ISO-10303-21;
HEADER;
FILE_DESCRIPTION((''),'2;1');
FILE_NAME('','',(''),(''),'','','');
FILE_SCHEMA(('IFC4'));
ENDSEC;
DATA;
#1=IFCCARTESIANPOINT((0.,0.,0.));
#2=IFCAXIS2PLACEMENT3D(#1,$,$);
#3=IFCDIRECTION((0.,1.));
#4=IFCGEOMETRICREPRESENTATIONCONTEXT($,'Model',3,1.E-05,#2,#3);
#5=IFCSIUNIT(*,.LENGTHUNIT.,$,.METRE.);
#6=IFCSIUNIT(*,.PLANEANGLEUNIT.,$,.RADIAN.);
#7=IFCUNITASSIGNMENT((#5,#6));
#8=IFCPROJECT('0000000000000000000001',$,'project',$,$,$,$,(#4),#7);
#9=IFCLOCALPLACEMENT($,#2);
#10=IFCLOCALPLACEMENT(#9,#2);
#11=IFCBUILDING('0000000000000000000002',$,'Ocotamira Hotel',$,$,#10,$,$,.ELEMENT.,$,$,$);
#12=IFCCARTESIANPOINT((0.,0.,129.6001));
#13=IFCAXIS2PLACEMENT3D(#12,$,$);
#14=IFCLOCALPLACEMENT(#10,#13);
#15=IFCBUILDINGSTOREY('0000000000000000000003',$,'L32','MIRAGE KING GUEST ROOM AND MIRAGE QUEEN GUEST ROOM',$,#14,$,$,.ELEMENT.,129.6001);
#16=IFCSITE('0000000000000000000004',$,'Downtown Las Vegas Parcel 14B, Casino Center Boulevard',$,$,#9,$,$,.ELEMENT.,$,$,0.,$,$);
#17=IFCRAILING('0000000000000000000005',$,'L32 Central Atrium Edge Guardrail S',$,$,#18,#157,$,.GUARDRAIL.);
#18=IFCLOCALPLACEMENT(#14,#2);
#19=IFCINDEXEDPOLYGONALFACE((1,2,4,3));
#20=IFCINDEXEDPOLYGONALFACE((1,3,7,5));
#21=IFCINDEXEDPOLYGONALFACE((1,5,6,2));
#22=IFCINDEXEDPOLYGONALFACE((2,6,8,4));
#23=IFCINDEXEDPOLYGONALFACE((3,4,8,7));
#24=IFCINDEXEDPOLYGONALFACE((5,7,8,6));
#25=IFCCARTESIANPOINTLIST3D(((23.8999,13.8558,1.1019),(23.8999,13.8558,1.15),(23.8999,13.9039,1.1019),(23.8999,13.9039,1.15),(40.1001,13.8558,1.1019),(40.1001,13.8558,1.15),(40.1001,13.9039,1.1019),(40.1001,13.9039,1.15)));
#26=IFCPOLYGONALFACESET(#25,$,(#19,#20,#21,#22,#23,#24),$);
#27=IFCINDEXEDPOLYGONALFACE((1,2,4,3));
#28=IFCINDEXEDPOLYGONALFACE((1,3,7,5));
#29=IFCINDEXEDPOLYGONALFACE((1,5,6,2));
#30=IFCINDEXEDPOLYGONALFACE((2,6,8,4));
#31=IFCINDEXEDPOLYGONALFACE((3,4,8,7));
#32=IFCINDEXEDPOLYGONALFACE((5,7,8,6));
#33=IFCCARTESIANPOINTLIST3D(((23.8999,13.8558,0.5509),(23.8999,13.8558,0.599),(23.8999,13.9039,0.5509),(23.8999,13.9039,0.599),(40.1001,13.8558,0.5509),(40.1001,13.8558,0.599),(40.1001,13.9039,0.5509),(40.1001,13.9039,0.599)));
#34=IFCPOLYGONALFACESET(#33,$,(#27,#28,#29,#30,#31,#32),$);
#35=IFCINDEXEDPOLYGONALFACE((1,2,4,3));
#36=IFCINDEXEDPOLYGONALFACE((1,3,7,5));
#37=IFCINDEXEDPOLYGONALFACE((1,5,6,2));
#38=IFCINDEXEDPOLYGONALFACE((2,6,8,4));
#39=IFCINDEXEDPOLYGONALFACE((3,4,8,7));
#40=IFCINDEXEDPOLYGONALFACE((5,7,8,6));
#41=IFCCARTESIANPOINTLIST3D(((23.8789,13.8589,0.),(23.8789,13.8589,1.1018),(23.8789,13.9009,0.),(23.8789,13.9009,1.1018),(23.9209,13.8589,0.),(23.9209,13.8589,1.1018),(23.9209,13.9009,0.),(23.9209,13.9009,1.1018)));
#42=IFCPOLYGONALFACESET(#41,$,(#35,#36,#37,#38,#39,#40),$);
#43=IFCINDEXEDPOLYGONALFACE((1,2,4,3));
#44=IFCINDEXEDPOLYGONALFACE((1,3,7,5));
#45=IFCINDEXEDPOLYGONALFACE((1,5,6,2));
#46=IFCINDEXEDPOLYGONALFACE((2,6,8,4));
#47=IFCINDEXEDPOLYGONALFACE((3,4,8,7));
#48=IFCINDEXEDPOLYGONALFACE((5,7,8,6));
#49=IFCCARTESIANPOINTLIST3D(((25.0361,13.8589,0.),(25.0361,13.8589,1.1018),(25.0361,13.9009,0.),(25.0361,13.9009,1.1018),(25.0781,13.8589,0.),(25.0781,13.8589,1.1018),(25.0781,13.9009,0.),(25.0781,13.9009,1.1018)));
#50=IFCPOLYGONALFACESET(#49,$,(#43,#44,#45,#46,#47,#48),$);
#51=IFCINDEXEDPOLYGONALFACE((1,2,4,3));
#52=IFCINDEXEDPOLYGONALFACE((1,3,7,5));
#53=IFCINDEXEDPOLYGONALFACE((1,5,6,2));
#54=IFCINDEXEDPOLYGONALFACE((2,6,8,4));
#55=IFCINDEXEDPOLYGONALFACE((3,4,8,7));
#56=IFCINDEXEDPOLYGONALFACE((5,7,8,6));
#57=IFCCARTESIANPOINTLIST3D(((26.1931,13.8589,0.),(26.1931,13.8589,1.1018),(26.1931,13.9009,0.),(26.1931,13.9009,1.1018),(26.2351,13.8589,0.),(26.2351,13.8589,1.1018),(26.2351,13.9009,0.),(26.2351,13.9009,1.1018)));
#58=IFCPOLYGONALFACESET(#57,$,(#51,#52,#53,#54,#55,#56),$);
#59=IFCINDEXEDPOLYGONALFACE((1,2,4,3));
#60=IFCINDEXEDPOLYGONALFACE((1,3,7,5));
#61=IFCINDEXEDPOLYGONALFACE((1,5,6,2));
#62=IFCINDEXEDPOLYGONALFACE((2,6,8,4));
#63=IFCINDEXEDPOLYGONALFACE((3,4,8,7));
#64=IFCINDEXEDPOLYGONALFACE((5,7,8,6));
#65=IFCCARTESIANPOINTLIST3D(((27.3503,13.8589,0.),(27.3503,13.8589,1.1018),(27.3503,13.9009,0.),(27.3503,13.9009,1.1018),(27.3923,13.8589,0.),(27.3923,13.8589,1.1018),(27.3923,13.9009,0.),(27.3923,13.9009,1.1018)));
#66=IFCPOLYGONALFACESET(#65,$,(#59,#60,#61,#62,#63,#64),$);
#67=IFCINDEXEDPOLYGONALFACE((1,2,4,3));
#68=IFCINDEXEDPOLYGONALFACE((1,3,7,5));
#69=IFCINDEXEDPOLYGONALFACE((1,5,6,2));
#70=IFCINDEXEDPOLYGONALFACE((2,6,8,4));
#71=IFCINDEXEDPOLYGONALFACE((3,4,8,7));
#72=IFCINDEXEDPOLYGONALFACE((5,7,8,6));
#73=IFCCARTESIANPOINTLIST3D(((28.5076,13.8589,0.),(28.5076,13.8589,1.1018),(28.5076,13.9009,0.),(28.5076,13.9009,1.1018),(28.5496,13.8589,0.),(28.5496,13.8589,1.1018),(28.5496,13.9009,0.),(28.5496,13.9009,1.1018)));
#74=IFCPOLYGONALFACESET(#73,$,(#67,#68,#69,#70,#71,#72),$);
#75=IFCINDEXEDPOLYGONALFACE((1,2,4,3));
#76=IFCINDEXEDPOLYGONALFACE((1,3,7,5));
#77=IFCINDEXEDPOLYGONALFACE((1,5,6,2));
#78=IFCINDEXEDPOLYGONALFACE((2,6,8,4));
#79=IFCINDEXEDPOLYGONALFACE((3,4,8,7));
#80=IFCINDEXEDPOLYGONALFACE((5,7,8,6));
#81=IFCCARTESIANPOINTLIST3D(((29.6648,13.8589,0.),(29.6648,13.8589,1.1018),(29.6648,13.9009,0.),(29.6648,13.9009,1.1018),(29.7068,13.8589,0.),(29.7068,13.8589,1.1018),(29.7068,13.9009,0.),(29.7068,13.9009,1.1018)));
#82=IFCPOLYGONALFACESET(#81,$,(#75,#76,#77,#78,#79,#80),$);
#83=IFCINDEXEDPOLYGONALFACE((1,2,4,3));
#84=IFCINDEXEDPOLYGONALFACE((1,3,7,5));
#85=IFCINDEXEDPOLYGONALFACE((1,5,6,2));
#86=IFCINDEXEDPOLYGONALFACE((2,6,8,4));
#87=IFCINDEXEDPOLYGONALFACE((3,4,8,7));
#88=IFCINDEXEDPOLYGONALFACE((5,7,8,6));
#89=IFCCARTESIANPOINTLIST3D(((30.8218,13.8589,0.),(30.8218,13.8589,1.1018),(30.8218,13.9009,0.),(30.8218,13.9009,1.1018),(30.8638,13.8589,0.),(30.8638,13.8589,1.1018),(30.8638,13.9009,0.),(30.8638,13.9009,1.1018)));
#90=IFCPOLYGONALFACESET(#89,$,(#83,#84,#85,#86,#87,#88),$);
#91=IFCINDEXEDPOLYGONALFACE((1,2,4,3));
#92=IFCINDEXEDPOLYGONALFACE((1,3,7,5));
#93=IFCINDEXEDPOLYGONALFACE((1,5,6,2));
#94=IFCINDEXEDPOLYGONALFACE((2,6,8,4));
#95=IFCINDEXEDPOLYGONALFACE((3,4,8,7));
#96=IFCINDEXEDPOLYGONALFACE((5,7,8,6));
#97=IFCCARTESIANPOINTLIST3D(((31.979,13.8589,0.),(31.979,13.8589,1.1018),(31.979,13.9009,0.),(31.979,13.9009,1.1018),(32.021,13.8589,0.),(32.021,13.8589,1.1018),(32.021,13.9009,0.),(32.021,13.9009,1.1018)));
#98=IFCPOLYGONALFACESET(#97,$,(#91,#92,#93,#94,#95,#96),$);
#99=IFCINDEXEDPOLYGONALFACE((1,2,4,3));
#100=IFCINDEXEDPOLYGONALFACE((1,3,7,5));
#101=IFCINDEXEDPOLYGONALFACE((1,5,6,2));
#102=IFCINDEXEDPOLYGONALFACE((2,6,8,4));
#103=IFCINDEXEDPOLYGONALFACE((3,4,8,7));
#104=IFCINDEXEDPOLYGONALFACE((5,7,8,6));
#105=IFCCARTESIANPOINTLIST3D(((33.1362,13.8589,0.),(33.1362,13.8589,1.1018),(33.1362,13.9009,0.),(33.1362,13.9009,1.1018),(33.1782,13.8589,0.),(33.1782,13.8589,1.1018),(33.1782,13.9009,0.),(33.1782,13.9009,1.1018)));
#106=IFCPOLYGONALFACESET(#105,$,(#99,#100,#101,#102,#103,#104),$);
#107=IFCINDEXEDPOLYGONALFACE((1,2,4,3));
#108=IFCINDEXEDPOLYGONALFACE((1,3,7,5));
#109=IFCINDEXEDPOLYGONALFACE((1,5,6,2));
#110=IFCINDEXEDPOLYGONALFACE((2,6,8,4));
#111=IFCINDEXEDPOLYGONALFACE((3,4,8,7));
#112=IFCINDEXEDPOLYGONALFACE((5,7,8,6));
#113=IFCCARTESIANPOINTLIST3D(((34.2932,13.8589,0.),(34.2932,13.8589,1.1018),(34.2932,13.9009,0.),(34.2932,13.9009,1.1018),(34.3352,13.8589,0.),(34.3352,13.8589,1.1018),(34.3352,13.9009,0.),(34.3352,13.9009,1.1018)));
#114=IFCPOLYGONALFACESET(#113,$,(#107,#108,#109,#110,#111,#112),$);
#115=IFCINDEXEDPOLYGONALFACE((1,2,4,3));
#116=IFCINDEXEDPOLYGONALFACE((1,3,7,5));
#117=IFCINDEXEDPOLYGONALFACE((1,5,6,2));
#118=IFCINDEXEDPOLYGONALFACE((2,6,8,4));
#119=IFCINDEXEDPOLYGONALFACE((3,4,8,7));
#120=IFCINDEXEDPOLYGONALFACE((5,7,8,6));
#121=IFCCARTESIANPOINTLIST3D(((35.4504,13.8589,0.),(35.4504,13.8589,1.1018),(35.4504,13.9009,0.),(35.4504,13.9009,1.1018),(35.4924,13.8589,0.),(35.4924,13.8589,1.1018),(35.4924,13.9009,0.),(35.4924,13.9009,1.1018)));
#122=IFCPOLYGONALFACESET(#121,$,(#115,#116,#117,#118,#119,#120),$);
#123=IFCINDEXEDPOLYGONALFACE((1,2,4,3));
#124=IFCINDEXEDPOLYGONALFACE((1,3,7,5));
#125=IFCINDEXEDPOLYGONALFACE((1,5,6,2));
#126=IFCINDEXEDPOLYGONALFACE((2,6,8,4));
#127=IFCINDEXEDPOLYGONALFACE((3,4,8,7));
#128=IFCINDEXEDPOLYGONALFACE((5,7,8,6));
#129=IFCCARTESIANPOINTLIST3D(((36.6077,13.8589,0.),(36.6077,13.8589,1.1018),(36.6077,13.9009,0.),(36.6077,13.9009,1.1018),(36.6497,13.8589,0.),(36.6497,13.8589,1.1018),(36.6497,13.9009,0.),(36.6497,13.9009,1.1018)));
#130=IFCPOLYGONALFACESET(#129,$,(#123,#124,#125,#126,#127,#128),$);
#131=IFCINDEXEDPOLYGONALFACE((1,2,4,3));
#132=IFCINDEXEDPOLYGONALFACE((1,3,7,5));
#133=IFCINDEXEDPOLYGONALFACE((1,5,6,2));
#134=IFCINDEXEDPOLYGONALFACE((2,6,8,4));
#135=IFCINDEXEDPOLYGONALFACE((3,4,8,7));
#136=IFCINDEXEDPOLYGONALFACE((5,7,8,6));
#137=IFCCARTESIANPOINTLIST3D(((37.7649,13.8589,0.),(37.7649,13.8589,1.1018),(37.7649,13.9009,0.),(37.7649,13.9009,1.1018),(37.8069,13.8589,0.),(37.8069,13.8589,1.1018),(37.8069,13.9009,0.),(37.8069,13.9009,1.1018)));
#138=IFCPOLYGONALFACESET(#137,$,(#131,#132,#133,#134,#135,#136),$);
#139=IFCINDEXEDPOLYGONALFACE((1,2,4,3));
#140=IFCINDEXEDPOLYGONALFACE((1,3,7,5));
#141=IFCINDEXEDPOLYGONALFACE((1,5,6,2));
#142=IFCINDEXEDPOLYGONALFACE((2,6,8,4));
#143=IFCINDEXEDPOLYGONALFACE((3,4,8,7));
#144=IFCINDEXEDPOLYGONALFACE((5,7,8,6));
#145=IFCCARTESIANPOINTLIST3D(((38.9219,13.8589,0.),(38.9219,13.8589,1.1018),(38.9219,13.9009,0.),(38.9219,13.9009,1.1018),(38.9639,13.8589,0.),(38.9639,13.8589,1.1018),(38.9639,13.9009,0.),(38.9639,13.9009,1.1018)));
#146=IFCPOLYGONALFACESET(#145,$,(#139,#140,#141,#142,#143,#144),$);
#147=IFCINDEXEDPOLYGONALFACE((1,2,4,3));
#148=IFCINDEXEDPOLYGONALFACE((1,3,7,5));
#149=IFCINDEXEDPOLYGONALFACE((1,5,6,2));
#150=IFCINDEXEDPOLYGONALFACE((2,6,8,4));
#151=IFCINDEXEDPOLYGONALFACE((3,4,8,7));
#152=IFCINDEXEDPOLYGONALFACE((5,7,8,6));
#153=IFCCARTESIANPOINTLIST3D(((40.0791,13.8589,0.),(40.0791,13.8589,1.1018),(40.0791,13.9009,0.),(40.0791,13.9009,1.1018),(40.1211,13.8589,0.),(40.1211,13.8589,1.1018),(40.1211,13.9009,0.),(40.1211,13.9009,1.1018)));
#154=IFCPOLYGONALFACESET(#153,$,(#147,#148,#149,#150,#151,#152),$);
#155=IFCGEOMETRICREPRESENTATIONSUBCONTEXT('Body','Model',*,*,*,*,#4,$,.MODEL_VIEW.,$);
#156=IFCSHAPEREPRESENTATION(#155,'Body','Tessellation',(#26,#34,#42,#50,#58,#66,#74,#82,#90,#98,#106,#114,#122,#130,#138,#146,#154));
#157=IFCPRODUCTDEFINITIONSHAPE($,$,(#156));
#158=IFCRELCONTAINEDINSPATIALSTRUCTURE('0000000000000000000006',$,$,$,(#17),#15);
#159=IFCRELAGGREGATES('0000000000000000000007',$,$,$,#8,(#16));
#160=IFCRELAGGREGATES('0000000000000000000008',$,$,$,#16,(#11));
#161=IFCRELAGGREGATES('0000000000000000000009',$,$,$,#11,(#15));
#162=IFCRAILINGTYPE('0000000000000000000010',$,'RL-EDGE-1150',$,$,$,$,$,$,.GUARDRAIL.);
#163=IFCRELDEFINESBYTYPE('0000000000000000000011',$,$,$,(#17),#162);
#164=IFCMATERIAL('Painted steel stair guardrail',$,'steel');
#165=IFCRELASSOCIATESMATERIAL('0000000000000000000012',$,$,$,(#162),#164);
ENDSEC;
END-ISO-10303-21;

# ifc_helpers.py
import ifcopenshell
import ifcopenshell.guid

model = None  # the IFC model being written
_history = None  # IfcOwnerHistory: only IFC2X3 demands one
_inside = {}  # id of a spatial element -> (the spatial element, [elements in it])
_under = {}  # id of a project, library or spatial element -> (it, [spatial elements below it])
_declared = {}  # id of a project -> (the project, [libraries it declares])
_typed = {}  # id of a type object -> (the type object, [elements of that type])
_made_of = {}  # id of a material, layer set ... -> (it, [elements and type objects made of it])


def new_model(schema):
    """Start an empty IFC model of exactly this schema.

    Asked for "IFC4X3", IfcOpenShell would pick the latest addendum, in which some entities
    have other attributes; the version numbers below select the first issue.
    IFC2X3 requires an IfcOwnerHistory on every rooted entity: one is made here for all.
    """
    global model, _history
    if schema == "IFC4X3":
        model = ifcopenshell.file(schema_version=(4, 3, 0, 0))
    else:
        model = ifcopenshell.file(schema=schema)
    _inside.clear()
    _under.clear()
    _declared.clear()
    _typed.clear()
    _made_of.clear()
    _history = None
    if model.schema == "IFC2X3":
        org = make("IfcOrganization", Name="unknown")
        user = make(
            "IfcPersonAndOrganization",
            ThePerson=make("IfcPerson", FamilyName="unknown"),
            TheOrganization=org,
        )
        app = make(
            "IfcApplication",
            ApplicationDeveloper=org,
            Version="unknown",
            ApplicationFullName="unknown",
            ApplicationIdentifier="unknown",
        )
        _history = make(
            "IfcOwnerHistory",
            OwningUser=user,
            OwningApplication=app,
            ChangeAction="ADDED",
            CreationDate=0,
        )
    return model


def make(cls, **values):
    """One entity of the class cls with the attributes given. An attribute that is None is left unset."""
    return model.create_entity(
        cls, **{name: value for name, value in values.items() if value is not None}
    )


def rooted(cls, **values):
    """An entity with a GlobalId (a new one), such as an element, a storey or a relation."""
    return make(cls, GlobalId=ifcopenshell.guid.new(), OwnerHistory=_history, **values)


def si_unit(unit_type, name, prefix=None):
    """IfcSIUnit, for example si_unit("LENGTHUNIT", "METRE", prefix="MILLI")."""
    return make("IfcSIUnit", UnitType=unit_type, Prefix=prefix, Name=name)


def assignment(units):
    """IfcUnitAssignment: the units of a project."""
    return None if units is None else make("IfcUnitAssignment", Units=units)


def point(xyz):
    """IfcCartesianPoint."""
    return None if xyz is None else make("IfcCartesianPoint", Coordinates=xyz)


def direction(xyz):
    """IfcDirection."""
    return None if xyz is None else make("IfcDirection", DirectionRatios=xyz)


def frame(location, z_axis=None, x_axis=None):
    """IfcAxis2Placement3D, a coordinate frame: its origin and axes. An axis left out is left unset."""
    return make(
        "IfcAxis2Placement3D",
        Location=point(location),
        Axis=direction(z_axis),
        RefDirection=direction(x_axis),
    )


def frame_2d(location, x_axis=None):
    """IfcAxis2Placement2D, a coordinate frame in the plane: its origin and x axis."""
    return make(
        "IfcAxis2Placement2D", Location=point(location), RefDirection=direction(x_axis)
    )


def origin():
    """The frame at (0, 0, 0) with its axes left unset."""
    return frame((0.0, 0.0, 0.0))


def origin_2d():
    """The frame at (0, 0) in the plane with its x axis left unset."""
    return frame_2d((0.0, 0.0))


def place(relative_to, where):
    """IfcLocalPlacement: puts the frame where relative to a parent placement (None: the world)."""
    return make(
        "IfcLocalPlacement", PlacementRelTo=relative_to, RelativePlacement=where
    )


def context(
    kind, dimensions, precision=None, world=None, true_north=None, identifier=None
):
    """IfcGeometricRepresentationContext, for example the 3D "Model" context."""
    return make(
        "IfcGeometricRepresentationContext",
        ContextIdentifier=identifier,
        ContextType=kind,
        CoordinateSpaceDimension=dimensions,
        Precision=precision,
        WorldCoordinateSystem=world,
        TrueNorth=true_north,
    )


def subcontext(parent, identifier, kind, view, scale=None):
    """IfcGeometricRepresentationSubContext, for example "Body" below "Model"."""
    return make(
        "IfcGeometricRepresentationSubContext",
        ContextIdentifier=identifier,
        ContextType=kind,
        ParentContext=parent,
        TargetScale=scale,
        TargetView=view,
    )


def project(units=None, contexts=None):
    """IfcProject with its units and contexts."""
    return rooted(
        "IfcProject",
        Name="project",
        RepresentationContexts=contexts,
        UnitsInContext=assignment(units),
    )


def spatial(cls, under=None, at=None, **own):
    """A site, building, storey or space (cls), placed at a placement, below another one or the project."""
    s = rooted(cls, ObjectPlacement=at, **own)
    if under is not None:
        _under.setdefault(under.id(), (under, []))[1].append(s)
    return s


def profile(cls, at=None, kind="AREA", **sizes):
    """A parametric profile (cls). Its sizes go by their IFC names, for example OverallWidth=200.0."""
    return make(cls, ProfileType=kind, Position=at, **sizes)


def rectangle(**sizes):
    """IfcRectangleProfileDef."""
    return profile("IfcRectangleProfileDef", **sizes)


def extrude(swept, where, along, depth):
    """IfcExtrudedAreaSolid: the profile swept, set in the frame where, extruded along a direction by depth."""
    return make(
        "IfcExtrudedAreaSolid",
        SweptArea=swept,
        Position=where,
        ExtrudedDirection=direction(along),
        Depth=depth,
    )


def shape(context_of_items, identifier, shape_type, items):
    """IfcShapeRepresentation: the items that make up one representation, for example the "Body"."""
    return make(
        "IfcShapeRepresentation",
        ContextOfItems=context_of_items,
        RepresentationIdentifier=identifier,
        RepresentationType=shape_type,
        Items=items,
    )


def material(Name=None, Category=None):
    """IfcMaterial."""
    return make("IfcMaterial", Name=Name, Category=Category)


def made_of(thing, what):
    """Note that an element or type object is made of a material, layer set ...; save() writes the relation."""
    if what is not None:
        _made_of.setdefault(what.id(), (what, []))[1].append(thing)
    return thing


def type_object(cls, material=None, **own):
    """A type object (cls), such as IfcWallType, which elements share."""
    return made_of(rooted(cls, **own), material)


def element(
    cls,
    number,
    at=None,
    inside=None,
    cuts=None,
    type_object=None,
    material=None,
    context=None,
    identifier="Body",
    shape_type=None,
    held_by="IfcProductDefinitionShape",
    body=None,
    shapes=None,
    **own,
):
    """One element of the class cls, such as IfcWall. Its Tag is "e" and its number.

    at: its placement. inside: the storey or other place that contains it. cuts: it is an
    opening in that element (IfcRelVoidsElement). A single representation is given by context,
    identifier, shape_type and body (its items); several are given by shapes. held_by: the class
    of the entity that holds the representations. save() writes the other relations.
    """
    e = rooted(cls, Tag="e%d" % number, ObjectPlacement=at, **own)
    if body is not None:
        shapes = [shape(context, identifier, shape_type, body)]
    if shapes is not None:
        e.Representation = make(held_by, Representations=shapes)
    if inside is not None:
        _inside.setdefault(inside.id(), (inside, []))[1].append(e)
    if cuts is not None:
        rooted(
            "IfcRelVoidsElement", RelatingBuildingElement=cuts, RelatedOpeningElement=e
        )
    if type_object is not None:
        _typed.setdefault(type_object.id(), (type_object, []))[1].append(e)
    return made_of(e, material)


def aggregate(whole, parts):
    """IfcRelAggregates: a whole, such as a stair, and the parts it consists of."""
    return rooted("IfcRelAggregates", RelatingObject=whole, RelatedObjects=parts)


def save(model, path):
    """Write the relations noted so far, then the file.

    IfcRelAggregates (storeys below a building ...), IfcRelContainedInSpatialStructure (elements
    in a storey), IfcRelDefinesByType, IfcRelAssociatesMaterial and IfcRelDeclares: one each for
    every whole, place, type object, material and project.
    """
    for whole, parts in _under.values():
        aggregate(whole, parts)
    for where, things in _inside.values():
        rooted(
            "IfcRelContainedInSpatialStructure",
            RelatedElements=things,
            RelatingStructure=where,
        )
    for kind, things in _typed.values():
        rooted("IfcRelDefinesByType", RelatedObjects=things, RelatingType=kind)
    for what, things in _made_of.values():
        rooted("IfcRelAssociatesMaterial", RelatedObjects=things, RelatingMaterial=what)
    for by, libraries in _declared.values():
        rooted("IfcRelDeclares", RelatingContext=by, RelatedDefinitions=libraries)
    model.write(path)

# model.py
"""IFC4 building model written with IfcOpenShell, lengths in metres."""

from ifc_helpers import new_model, si_unit, direction, frame, origin, origin_2d, place, context, subcontext, project, spatial, rectangle, extrude, material, type_object, element, save


model = new_model("IFC4")

# Units and contexts
model_context = context("Model", 3, precision=1e-05, world=origin(), true_north=direction((0.0, 1.0)))
body_context = subcontext(model_context, "Body", "Model", "MODEL_VIEW")
ifc_project = project(units=[si_unit("LENGTHUNIT", "METRE"), si_unit("PLANEANGLEUNIT", "RADIAN")], contexts=[model_context])

# Site, building, storey
site_placement = place(None, origin())
site = spatial("IfcSite", under=ifc_project, at=site_placement, Name="Downtown Las Vegas Parcel 14B, Casino Center Boulevard", CompositionType="ELEMENT", RefElevation=0.0)
building_placement = place(site_placement, origin())
building = spatial("IfcBuilding", under=site, at=building_placement, Name="Ocotamira Hotel", CompositionType="ELEMENT")
storey_placement = place(building_placement, frame((0.0, 0.0, 129.6001)))
storey = spatial("IfcBuildingStorey", under=building, at=storey_placement, Name="L32", Description="MIRAGE KING GUEST ROOM AND MIRAGE QUEEN GUEST ROOM", CompositionType="ELEMENT", Elevation=129.6001)

# Railing
ifc_material_1 = material(Name="Painted steel stair guardrail", Category="steel")
railing_type = type_object("IfcRailingType", Name="RL-EDGE-1150", PredefinedType="GUARDRAIL", material=ifc_material_1)
railing_placement = place(storey_placement, frame((23.8999, 13.8799, 0.0)))
element("IfcRailing", 1, at=railing_placement, inside=storey, type_object=railing_type, Name="L32 Central Atrium Edge Guardrail S", PredefinedType="GUARDRAIL", context=body_context, shape_type="SweptSolid", body=[
    extrude(rectangle(XDim=0.0481, YDim=0.0481, at=origin_2d()), frame((0.0, 0.0, 1.126), z_axis=(1.0, 0.0, 0.0), x_axis=(0.0, 1.0, 0.0)), (0.0, 0.0, 1.0), 16.2002),
    extrude(rectangle(XDim=0.0481, YDim=0.0481, at=origin_2d()), frame((0.0, 0.0, 0.575), z_axis=(1.0, 0.0, 0.0), x_axis=(0.0, 1.0, 0.0)), (0.0, 0.0, 1.0), 16.2002),
    extrude(rectangle(XDim=0.042, YDim=0.042, at=origin_2d()), origin(), (0.0, 0.0, 1.0), 1.1018),
    extrude(rectangle(XDim=0.042, YDim=0.042, at=origin_2d()), frame((1.1572, 0.0, 0.0)), (0.0, 0.0, 1.0), 1.1018),
    extrude(rectangle(XDim=0.042, YDim=0.042, at=origin_2d()), frame((2.3142, 0.0, 0.0)), (0.0, 0.0, 1.0), 1.1018),
    extrude(rectangle(XDim=0.042, YDim=0.042, at=origin_2d()), frame((3.4714, 0.0, 0.0)), (0.0, 0.0, 1.0), 1.1018),
    extrude(rectangle(XDim=0.042, YDim=0.042, at=origin_2d()), frame((4.6287, 0.0, 0.0)), (0.0, 0.0, 1.0), 1.1018),
    extrude(rectangle(XDim=0.042, YDim=0.042, at=origin_2d()), frame((5.7859, 0.0, 0.0)), (0.0, 0.0, 1.0), 1.1018),
    extrude(rectangle(XDim=0.042, YDim=0.042, at=origin_2d()), frame((6.9429, 0.0, 0.0)), (0.0, 0.0, 1.0), 1.1018),
    extrude(rectangle(XDim=0.042, YDim=0.042, at=origin_2d()), frame((8.1001, 0.0, 0.0)), (0.0, 0.0, 1.0), 1.1018),
    extrude(rectangle(XDim=0.042, YDim=0.042, at=origin_2d()), frame((9.2573, 0.0, 0.0)), (0.0, 0.0, 1.0), 1.1018),
    extrude(rectangle(XDim=0.042, YDim=0.042, at=origin_2d()), frame((10.4143, 0.0, 0.0)), (0.0, 0.0, 1.0), 1.1018),
    extrude(rectangle(XDim=0.042, YDim=0.042, at=origin_2d()), frame((11.5715, 0.0, 0.0)), (0.0, 0.0, 1.0), 1.1018),
    extrude(rectangle(XDim=0.042, YDim=0.042, at=origin_2d()), frame((12.7288, 0.0, 0.0)), (0.0, 0.0, 1.0), 1.1018),
    extrude(rectangle(XDim=0.042, YDim=0.042, at=origin_2d()), frame((13.886, 0.0, 0.0)), (0.0, 0.0, 1.0), 1.1018),
    extrude(rectangle(XDim=0.042, YDim=0.042, at=origin_2d()), frame((15.043, 0.0, 0.0)), (0.0, 0.0, 1.0), 1.1018),
    extrude(rectangle(XDim=0.042, YDim=0.042, at=origin_2d()), frame((16.2002, 0.0, 0.0)), (0.0, 0.0, 1.0), 1.1018),
])

save(model, "model.ifc")
